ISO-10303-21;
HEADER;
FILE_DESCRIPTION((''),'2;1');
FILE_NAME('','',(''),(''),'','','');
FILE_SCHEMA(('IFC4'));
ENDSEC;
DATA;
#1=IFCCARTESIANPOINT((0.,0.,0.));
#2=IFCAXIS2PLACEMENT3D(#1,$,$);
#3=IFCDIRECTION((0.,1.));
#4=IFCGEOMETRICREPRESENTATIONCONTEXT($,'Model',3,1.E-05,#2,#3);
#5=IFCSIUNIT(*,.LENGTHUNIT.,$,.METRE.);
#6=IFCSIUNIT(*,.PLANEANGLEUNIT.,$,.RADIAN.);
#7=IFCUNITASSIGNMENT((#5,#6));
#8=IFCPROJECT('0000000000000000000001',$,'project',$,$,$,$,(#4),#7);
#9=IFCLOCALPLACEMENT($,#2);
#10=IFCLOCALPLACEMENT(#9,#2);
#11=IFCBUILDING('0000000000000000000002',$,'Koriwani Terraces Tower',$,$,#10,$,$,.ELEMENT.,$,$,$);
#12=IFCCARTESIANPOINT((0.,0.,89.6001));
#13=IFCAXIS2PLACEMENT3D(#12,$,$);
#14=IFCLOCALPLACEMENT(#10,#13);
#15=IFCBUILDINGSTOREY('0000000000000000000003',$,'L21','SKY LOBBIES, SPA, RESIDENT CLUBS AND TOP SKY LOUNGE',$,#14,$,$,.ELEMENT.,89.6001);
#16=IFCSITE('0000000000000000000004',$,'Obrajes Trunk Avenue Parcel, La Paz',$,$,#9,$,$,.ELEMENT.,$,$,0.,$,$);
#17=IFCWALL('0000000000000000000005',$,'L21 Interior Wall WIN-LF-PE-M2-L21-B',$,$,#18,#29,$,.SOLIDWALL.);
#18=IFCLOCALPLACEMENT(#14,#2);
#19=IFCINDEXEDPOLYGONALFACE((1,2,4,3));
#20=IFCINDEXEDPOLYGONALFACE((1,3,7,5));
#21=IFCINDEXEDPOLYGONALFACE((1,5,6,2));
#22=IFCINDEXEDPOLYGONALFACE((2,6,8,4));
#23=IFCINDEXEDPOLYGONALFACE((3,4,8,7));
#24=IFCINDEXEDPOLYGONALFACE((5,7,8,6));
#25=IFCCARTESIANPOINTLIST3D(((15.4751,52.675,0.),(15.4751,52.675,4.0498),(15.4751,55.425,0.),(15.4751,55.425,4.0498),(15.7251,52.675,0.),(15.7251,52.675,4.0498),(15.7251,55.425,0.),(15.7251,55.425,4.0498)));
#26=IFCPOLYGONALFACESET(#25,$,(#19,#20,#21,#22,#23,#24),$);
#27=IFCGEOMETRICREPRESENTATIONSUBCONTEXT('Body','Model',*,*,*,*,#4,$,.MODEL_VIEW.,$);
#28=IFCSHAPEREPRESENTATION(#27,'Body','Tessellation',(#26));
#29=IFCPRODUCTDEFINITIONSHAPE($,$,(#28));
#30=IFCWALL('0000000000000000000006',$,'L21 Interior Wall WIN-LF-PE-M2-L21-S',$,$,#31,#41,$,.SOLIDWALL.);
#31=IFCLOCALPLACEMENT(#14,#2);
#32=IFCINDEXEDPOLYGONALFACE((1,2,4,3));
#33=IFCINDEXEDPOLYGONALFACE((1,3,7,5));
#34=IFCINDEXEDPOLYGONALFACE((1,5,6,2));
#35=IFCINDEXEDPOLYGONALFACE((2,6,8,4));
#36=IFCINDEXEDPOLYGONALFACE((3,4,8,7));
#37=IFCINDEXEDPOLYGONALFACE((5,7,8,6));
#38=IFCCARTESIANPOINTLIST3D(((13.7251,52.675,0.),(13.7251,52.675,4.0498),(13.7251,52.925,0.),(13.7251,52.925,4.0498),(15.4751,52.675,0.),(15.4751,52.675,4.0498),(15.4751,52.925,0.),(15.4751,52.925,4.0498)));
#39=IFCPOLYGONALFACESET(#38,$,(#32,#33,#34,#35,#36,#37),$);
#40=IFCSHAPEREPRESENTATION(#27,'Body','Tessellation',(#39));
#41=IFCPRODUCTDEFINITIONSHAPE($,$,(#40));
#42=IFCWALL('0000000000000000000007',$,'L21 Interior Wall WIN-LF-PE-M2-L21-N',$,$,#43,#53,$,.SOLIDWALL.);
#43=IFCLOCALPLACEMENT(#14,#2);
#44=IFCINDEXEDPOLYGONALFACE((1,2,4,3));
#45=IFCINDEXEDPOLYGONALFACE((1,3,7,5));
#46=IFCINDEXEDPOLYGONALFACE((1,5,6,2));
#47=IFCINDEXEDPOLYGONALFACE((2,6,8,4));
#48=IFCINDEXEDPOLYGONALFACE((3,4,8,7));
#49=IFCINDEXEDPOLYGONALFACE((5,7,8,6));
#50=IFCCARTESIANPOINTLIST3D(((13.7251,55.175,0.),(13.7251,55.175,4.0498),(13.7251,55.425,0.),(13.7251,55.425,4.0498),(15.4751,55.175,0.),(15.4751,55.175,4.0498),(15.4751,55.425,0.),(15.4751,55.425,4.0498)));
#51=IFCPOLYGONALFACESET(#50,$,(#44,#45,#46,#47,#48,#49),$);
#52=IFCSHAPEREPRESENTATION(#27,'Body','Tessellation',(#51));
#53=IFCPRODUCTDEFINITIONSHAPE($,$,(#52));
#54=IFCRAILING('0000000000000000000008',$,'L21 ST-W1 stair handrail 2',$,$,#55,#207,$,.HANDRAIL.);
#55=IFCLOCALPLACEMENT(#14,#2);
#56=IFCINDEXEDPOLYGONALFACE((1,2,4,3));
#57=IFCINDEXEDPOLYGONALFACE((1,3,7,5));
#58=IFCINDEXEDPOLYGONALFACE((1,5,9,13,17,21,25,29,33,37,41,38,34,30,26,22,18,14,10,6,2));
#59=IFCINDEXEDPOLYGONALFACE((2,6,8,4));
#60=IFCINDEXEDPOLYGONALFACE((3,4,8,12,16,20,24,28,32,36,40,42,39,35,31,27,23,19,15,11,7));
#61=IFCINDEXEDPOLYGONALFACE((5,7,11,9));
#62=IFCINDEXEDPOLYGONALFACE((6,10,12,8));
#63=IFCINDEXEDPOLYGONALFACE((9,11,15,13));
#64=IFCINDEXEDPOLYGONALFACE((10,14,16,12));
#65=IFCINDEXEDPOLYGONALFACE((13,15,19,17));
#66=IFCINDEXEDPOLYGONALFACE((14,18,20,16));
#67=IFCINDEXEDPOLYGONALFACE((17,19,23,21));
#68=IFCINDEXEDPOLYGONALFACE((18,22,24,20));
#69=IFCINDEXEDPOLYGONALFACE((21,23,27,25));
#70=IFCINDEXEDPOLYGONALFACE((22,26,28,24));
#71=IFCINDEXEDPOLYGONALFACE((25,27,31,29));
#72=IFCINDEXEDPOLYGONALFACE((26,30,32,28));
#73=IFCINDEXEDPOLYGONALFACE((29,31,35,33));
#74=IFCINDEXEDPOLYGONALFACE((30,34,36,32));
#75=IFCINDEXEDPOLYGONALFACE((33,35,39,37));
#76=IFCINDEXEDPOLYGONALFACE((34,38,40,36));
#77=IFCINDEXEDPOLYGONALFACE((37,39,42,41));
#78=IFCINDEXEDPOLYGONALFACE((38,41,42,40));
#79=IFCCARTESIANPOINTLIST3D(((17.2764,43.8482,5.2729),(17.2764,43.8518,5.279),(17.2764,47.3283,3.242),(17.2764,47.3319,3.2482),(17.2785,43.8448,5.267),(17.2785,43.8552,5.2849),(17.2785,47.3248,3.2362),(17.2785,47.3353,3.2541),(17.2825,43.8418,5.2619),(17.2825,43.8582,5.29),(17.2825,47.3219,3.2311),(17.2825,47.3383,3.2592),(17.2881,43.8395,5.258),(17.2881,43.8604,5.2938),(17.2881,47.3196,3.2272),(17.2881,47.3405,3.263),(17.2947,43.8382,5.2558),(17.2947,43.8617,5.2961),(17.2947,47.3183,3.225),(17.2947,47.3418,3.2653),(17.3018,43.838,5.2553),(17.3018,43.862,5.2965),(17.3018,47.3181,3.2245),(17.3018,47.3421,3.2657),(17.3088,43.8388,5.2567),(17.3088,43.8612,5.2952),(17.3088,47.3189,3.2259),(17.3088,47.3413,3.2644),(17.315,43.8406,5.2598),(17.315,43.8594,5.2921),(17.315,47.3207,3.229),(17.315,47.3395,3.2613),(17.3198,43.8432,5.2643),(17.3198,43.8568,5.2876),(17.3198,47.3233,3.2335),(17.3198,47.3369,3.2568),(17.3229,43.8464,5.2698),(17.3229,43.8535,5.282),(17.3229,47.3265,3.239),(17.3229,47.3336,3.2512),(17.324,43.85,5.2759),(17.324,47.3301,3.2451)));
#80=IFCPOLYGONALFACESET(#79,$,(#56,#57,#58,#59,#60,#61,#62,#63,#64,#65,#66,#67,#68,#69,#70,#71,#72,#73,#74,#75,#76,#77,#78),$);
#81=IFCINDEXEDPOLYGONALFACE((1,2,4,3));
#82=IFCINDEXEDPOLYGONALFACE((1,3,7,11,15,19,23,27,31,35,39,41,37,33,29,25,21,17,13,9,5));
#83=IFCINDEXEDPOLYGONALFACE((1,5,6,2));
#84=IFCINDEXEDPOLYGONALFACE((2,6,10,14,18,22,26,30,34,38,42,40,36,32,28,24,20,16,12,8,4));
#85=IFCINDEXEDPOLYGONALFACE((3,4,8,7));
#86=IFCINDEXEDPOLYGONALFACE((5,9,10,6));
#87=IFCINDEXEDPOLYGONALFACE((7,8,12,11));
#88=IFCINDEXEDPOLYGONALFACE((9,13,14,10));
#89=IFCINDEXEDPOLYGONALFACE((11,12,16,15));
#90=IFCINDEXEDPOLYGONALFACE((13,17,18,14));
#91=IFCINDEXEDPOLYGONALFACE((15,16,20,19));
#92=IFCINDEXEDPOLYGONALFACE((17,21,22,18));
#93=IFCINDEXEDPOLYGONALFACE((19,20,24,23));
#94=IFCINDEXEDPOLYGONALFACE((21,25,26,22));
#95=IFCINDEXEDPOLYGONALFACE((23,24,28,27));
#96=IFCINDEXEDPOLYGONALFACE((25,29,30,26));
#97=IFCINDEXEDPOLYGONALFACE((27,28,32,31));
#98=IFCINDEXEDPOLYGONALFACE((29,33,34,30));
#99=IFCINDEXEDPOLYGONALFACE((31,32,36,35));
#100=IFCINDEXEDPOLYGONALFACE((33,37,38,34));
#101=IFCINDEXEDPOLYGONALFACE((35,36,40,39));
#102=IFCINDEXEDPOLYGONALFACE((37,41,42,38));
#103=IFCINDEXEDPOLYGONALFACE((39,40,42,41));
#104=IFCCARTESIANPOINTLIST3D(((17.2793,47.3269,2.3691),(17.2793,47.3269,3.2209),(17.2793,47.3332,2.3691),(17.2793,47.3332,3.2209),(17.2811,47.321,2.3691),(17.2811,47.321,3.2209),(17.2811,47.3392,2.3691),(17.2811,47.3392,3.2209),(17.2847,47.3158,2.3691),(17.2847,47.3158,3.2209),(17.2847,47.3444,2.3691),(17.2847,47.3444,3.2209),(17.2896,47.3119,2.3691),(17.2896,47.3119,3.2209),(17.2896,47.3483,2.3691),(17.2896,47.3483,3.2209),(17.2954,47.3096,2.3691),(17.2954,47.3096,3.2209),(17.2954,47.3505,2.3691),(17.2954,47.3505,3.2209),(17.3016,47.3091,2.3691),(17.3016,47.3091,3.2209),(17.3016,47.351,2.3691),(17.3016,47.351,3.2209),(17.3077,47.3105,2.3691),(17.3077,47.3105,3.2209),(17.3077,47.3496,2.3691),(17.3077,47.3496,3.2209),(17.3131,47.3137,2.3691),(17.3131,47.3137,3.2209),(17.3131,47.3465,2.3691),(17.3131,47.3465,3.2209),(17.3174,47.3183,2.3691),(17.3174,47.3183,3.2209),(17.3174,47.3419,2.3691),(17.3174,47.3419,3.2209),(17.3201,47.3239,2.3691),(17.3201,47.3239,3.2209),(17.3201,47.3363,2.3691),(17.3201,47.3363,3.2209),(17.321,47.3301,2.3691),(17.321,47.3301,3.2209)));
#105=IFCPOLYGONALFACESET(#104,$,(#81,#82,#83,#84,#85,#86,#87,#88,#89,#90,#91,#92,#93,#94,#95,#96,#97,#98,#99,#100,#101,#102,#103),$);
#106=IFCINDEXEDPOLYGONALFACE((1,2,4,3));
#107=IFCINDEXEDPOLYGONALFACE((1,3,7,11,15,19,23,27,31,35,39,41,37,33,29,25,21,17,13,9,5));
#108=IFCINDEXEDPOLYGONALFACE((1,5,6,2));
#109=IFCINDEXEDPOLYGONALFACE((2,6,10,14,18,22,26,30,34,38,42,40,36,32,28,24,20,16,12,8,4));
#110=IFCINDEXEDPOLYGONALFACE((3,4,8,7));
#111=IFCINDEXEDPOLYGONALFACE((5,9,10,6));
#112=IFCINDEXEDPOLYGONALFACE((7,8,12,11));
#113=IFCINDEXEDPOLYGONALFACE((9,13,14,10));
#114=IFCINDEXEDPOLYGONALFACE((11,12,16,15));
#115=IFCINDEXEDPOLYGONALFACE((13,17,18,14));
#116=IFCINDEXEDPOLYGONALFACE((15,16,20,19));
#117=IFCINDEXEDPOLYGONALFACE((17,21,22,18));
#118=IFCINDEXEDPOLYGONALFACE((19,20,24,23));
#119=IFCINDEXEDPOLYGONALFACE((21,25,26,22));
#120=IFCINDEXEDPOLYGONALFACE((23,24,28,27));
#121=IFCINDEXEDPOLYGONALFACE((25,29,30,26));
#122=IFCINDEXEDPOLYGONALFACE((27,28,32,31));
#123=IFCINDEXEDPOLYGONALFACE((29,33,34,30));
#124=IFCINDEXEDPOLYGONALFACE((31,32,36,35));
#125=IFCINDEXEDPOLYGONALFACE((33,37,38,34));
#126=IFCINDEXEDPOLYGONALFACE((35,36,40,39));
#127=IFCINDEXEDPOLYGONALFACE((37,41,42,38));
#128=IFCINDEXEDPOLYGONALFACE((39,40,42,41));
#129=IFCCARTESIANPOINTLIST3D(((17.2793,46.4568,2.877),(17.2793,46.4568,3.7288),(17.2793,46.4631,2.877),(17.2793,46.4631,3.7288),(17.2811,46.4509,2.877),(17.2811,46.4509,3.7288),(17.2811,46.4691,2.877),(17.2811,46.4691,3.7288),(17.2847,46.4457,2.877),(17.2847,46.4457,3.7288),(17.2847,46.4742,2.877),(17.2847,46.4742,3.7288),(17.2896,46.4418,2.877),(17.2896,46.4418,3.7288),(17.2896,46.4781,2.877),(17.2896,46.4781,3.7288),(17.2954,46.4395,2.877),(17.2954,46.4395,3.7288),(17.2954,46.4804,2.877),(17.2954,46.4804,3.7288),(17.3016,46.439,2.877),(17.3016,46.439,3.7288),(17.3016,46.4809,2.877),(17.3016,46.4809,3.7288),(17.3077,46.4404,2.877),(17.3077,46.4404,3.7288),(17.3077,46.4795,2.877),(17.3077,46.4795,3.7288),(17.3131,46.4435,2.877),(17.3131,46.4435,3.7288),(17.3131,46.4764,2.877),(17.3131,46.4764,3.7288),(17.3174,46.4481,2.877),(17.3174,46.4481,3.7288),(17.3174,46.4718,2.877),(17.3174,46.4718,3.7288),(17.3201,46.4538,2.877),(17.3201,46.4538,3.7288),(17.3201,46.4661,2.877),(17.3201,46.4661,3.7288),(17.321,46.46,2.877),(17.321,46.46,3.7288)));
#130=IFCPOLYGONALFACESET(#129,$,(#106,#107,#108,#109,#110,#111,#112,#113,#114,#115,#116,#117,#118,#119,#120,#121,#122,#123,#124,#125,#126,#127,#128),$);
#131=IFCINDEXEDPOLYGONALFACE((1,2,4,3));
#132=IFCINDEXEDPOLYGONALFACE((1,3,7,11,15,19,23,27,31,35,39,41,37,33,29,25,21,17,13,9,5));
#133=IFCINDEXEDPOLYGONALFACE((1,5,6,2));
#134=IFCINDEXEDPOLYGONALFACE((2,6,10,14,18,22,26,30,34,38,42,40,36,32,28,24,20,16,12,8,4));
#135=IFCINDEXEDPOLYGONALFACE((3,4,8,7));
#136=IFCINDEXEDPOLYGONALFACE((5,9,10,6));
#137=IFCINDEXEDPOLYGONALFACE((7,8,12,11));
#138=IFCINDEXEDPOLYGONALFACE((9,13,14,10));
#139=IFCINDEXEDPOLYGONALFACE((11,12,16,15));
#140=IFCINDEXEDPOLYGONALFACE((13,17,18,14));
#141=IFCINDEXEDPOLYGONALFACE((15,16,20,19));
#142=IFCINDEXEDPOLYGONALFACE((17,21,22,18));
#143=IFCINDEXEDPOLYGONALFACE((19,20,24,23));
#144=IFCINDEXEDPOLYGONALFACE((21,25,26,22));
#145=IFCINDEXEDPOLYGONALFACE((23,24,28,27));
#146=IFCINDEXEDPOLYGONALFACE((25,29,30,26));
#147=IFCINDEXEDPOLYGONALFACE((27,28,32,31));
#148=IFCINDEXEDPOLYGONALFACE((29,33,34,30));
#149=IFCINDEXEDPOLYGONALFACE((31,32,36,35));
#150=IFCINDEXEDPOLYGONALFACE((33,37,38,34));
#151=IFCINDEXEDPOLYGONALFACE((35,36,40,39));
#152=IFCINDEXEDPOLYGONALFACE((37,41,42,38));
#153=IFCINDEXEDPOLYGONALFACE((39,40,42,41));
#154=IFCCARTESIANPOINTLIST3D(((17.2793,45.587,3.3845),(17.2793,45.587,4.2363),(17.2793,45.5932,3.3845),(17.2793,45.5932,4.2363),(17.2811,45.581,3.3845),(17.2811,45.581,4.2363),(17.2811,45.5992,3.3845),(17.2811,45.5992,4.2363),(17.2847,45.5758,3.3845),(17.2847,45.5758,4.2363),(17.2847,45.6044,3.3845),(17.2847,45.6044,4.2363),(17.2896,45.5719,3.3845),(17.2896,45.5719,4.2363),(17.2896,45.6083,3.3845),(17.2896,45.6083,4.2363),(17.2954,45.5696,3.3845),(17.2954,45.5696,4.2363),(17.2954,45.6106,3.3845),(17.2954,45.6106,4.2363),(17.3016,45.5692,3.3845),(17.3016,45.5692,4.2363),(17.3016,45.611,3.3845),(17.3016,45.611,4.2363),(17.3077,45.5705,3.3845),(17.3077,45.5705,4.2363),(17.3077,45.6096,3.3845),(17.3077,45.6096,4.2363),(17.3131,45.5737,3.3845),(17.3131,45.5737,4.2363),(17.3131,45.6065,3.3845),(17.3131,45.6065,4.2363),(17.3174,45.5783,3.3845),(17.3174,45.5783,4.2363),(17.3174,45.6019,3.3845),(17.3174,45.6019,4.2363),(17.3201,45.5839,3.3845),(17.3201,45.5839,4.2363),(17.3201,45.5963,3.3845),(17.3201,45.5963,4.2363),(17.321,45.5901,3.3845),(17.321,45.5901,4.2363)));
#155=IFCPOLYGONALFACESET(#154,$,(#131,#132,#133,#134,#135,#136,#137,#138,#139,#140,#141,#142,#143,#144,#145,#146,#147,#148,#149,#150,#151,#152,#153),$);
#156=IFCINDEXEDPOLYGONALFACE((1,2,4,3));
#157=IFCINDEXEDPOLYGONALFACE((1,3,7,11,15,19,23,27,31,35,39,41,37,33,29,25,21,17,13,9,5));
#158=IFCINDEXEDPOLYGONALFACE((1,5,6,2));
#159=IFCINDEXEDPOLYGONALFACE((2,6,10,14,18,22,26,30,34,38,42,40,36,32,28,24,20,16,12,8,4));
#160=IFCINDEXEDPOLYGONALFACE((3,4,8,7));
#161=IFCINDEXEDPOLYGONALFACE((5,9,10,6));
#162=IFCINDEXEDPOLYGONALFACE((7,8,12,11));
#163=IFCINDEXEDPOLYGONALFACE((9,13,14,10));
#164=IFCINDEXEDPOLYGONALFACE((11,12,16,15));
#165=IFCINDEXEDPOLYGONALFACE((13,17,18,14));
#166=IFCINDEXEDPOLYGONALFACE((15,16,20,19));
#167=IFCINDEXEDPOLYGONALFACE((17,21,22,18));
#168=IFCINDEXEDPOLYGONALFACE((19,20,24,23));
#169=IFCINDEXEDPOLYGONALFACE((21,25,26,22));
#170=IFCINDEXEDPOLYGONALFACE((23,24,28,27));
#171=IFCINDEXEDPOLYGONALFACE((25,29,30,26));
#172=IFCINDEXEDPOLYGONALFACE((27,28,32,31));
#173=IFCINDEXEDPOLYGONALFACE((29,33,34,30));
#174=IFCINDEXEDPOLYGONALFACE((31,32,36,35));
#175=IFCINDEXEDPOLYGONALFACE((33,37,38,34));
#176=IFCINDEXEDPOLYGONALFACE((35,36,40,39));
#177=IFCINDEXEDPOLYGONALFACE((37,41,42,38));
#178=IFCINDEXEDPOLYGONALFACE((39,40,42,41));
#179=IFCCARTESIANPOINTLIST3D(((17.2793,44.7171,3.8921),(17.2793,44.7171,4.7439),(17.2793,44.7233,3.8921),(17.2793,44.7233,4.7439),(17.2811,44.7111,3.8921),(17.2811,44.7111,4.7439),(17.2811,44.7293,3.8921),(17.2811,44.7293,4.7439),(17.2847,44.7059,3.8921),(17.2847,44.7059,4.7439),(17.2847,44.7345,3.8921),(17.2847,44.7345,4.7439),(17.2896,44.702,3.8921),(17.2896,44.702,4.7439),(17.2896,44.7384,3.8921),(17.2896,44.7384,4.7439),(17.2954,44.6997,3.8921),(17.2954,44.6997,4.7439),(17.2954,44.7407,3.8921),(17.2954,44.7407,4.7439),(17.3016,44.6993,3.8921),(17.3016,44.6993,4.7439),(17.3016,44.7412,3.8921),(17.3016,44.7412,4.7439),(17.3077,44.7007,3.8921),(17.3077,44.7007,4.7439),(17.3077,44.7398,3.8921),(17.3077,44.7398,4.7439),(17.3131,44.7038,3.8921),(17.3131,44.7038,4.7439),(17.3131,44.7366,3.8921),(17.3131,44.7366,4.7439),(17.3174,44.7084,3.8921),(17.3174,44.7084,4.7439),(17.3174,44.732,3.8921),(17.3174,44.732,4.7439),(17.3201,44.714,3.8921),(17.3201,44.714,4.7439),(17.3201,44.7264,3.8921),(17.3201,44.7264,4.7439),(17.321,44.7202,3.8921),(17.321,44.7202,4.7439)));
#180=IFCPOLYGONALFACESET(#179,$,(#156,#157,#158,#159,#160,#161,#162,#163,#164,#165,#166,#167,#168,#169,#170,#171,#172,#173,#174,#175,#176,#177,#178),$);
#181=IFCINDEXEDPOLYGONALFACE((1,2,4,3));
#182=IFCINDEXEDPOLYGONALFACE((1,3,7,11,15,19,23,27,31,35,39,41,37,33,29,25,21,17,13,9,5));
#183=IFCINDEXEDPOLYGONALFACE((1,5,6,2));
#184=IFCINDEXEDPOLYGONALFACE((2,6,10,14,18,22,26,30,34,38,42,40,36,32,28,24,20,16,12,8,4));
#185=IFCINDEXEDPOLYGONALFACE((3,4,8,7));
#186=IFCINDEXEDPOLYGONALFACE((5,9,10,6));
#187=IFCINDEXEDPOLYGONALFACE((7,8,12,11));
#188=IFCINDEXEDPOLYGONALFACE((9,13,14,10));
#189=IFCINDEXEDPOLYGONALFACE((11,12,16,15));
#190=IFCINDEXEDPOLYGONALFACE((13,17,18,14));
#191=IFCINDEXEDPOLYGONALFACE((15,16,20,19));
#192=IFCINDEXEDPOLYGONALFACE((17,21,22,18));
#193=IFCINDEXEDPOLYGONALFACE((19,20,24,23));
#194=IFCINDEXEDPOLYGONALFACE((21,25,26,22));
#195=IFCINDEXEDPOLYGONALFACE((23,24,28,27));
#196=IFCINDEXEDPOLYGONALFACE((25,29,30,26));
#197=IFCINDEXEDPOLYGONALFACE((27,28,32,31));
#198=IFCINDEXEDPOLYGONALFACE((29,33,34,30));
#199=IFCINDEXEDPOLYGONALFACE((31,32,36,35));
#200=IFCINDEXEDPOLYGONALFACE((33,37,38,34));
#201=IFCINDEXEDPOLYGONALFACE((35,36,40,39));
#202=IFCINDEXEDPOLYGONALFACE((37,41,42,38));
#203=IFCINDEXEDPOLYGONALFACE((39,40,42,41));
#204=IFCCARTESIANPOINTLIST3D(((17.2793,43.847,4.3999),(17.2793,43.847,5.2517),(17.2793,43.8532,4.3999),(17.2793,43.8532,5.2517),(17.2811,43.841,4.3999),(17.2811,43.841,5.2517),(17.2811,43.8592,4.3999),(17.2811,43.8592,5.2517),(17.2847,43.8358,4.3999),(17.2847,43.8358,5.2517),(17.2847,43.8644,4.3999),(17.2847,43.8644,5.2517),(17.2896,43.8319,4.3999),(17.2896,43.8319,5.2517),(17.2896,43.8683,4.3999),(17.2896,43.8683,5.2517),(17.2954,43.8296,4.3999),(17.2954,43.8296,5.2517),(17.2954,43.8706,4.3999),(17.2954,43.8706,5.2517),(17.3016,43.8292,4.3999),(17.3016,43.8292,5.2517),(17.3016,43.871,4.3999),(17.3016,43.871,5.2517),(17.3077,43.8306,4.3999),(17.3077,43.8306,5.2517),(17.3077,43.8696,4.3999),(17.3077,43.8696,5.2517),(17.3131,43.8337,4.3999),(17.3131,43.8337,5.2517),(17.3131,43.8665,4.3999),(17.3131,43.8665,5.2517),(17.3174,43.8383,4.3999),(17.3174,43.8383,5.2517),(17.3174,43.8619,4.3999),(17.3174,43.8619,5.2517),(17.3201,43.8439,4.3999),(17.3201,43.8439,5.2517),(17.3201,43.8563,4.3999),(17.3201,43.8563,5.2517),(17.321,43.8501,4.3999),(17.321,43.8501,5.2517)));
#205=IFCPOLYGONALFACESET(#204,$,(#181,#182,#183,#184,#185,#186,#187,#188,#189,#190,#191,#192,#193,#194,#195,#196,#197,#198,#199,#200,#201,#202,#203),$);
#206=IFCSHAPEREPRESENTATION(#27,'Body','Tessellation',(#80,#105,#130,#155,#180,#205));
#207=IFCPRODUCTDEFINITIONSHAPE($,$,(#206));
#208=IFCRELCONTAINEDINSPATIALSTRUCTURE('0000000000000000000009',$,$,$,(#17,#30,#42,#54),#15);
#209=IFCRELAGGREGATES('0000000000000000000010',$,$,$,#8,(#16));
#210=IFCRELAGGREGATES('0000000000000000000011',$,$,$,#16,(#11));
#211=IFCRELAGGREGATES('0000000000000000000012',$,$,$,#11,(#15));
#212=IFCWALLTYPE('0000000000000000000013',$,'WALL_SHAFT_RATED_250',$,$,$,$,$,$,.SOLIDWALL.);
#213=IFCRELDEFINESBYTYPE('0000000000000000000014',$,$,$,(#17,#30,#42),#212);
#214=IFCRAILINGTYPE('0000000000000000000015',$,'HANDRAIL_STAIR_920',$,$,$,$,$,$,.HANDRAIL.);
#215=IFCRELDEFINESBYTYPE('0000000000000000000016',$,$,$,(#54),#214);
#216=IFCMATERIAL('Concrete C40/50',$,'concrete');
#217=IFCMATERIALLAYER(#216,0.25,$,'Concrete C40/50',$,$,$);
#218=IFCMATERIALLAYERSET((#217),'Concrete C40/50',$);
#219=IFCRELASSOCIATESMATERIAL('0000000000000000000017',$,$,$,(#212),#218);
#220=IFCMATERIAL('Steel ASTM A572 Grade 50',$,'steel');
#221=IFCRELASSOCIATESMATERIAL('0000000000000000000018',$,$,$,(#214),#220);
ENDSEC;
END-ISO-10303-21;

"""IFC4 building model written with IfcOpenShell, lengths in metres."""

from ifc_helpers import new_model, si_unit, direction, frame, frame_2d, origin, origin_2d, place, context, subcontext, project, spatial, rectangle, circle, extrude, material, layer, layer_set, type_object, element, save


model = new_model("IFC4")

# Units and contexts
model_context = context("Model", 3, precision=1e-05, world=origin(), true_north=direction((0.0, 1.0)))
body_context = subcontext(model_context, "Body", "Model", "MODEL_VIEW")
ifc_project = project(units=[si_unit("LENGTHUNIT", "METRE"), si_unit("PLANEANGLEUNIT", "RADIAN")], contexts=[model_context])

# Site, building, storey
site_placement = place(None, origin())
site = spatial("IfcSite", under=ifc_project, at=site_placement, Name="Obrajes Trunk Avenue Parcel, La Paz", CompositionType="ELEMENT", RefElevation=0.0)
building_placement = place(site_placement, origin())
building = spatial("IfcBuilding", under=site, at=building_placement, Name="Koriwani Terraces Tower", CompositionType="ELEMENT")
storey_placement = place(building_placement, frame((0.0, 0.0, 89.6001)))
storey = spatial("IfcBuildingStorey", under=building, at=storey_placement, Name="L21", Description="SKY LOBBIES, SPA, RESIDENT CLUBS AND TOP SKY LOUNGE", CompositionType="ELEMENT", Elevation=89.6001)

# Shared definitions
ifc_material_1 = material(Name="Concrete C40/50", Category="concrete")
ifc_material_2 = material(Name="Steel ASTM A572 Grade 50", Category="steel")

# Shared definitions
ifc_layer_1 = layer(ifc_material_1, 0.25, Name="Concrete C40/50")
ifc_layer_set_1 = layer_set([ifc_layer_1], Name="Concrete C40/50")
wall_type_1 = type_object("IfcWallType", Name="WALL_SHAFT_RATED_250", PredefinedType="SOLIDWALL", material=ifc_layer_set_1)

# Walls
wall_1_placement = place(storey_placement, frame((15.6001, 52.675, 0.0), z_axis=(0.0, 0.0, 1.0), x_axis=(0.0, 1.0, 0.0)))
element("IfcWall", 1, at=wall_1_placement, inside=storey, type_object=wall_type_1, Name="L21 Interior Wall WIN-LF-PE-M2-L21-B", PredefinedType="SOLIDWALL", context=body_context, shape_type="SweptSolid", body=[
    extrude(rectangle(XDim=2.75, YDim=0.25, at=frame_2d((1.375, 0.0))), origin(), (0.0, 0.0, 1.0), 4.0498),
])
for number, where, z_axis, x_axis, name in (
    (2, (13.7251, 52.8, 0.0), (0.0, 0.0, 1.0), (1.0, 0.0, 0.0), "L21 Interior Wall WIN-LF-PE-M2-L21-S"),
    (3, (13.7251, 55.3, 0.0), (0.0, 0.0, 1.0), (1.0, 0.0, 0.0), "L21 Interior Wall WIN-LF-PE-M2-L21-N"),
):
    element("IfcWall", number, at=place(storey_placement, frame(where, z_axis=z_axis, x_axis=x_axis)), inside=storey, type_object=wall_type_1, Name=name, PredefinedType="SOLIDWALL", context=body_context, shape_type="SweptSolid", body=[
        extrude(rectangle(XDim=1.75, YDim=0.25, at=frame_2d((0.875, 0.0))), origin(), (0.0, 0.0, 1.0), 4.0498),
    ])

# Railing
railing_type = type_object("IfcRailingType", Name="HANDRAIL_STAIR_920", PredefinedType="HANDRAIL", material=ifc_material_2)
for number, where, name in (
    (4, (17.3, 47.3301, 2.3691), "L21 ST-W1 stair handrail 2"),
):
    element("IfcRailing", number, at=place(storey_placement, frame(where)), inside=storey, type_object=railing_type, Name=name, PredefinedType="HANDRAIL", context=body_context, shape_type="SweptSolid", body=[
        extrude(circle(Radius=0.0239, at=origin_2d()), frame((0.0, 0.0, 0.876), z_axis=(0.0, -0.863695, 0.504014), x_axis=(1.0, 0.0, 0.0)), (0.0, 0.0, 1.0), 4.0293),
        extrude(circle(Radius=0.021, at=origin_2d()), origin(), (0.0, 0.0, 1.0), 0.8518),
        extrude(circle(Radius=0.021, at=origin_2d()), frame((0.0, -0.8701, 0.5078)), (0.0, 0.0, 1.0), 0.8518),
        extrude(circle(Radius=0.021, at=origin_2d()), frame((0.0, -1.74, 1.0154)), (0.0, 0.0, 1.0), 0.8518),
        extrude(circle(Radius=0.021, at=origin_2d()), frame((0.0, -2.6099, 1.5229)), (0.0, 0.0, 1.0), 0.8518),
        extrude(circle(Radius=0.021, at=origin_2d()), frame((0.0, -3.48, 2.0308)), (0.0, 0.0, 1.0), 0.8518),
    ])

save(model, "model.ifc")
